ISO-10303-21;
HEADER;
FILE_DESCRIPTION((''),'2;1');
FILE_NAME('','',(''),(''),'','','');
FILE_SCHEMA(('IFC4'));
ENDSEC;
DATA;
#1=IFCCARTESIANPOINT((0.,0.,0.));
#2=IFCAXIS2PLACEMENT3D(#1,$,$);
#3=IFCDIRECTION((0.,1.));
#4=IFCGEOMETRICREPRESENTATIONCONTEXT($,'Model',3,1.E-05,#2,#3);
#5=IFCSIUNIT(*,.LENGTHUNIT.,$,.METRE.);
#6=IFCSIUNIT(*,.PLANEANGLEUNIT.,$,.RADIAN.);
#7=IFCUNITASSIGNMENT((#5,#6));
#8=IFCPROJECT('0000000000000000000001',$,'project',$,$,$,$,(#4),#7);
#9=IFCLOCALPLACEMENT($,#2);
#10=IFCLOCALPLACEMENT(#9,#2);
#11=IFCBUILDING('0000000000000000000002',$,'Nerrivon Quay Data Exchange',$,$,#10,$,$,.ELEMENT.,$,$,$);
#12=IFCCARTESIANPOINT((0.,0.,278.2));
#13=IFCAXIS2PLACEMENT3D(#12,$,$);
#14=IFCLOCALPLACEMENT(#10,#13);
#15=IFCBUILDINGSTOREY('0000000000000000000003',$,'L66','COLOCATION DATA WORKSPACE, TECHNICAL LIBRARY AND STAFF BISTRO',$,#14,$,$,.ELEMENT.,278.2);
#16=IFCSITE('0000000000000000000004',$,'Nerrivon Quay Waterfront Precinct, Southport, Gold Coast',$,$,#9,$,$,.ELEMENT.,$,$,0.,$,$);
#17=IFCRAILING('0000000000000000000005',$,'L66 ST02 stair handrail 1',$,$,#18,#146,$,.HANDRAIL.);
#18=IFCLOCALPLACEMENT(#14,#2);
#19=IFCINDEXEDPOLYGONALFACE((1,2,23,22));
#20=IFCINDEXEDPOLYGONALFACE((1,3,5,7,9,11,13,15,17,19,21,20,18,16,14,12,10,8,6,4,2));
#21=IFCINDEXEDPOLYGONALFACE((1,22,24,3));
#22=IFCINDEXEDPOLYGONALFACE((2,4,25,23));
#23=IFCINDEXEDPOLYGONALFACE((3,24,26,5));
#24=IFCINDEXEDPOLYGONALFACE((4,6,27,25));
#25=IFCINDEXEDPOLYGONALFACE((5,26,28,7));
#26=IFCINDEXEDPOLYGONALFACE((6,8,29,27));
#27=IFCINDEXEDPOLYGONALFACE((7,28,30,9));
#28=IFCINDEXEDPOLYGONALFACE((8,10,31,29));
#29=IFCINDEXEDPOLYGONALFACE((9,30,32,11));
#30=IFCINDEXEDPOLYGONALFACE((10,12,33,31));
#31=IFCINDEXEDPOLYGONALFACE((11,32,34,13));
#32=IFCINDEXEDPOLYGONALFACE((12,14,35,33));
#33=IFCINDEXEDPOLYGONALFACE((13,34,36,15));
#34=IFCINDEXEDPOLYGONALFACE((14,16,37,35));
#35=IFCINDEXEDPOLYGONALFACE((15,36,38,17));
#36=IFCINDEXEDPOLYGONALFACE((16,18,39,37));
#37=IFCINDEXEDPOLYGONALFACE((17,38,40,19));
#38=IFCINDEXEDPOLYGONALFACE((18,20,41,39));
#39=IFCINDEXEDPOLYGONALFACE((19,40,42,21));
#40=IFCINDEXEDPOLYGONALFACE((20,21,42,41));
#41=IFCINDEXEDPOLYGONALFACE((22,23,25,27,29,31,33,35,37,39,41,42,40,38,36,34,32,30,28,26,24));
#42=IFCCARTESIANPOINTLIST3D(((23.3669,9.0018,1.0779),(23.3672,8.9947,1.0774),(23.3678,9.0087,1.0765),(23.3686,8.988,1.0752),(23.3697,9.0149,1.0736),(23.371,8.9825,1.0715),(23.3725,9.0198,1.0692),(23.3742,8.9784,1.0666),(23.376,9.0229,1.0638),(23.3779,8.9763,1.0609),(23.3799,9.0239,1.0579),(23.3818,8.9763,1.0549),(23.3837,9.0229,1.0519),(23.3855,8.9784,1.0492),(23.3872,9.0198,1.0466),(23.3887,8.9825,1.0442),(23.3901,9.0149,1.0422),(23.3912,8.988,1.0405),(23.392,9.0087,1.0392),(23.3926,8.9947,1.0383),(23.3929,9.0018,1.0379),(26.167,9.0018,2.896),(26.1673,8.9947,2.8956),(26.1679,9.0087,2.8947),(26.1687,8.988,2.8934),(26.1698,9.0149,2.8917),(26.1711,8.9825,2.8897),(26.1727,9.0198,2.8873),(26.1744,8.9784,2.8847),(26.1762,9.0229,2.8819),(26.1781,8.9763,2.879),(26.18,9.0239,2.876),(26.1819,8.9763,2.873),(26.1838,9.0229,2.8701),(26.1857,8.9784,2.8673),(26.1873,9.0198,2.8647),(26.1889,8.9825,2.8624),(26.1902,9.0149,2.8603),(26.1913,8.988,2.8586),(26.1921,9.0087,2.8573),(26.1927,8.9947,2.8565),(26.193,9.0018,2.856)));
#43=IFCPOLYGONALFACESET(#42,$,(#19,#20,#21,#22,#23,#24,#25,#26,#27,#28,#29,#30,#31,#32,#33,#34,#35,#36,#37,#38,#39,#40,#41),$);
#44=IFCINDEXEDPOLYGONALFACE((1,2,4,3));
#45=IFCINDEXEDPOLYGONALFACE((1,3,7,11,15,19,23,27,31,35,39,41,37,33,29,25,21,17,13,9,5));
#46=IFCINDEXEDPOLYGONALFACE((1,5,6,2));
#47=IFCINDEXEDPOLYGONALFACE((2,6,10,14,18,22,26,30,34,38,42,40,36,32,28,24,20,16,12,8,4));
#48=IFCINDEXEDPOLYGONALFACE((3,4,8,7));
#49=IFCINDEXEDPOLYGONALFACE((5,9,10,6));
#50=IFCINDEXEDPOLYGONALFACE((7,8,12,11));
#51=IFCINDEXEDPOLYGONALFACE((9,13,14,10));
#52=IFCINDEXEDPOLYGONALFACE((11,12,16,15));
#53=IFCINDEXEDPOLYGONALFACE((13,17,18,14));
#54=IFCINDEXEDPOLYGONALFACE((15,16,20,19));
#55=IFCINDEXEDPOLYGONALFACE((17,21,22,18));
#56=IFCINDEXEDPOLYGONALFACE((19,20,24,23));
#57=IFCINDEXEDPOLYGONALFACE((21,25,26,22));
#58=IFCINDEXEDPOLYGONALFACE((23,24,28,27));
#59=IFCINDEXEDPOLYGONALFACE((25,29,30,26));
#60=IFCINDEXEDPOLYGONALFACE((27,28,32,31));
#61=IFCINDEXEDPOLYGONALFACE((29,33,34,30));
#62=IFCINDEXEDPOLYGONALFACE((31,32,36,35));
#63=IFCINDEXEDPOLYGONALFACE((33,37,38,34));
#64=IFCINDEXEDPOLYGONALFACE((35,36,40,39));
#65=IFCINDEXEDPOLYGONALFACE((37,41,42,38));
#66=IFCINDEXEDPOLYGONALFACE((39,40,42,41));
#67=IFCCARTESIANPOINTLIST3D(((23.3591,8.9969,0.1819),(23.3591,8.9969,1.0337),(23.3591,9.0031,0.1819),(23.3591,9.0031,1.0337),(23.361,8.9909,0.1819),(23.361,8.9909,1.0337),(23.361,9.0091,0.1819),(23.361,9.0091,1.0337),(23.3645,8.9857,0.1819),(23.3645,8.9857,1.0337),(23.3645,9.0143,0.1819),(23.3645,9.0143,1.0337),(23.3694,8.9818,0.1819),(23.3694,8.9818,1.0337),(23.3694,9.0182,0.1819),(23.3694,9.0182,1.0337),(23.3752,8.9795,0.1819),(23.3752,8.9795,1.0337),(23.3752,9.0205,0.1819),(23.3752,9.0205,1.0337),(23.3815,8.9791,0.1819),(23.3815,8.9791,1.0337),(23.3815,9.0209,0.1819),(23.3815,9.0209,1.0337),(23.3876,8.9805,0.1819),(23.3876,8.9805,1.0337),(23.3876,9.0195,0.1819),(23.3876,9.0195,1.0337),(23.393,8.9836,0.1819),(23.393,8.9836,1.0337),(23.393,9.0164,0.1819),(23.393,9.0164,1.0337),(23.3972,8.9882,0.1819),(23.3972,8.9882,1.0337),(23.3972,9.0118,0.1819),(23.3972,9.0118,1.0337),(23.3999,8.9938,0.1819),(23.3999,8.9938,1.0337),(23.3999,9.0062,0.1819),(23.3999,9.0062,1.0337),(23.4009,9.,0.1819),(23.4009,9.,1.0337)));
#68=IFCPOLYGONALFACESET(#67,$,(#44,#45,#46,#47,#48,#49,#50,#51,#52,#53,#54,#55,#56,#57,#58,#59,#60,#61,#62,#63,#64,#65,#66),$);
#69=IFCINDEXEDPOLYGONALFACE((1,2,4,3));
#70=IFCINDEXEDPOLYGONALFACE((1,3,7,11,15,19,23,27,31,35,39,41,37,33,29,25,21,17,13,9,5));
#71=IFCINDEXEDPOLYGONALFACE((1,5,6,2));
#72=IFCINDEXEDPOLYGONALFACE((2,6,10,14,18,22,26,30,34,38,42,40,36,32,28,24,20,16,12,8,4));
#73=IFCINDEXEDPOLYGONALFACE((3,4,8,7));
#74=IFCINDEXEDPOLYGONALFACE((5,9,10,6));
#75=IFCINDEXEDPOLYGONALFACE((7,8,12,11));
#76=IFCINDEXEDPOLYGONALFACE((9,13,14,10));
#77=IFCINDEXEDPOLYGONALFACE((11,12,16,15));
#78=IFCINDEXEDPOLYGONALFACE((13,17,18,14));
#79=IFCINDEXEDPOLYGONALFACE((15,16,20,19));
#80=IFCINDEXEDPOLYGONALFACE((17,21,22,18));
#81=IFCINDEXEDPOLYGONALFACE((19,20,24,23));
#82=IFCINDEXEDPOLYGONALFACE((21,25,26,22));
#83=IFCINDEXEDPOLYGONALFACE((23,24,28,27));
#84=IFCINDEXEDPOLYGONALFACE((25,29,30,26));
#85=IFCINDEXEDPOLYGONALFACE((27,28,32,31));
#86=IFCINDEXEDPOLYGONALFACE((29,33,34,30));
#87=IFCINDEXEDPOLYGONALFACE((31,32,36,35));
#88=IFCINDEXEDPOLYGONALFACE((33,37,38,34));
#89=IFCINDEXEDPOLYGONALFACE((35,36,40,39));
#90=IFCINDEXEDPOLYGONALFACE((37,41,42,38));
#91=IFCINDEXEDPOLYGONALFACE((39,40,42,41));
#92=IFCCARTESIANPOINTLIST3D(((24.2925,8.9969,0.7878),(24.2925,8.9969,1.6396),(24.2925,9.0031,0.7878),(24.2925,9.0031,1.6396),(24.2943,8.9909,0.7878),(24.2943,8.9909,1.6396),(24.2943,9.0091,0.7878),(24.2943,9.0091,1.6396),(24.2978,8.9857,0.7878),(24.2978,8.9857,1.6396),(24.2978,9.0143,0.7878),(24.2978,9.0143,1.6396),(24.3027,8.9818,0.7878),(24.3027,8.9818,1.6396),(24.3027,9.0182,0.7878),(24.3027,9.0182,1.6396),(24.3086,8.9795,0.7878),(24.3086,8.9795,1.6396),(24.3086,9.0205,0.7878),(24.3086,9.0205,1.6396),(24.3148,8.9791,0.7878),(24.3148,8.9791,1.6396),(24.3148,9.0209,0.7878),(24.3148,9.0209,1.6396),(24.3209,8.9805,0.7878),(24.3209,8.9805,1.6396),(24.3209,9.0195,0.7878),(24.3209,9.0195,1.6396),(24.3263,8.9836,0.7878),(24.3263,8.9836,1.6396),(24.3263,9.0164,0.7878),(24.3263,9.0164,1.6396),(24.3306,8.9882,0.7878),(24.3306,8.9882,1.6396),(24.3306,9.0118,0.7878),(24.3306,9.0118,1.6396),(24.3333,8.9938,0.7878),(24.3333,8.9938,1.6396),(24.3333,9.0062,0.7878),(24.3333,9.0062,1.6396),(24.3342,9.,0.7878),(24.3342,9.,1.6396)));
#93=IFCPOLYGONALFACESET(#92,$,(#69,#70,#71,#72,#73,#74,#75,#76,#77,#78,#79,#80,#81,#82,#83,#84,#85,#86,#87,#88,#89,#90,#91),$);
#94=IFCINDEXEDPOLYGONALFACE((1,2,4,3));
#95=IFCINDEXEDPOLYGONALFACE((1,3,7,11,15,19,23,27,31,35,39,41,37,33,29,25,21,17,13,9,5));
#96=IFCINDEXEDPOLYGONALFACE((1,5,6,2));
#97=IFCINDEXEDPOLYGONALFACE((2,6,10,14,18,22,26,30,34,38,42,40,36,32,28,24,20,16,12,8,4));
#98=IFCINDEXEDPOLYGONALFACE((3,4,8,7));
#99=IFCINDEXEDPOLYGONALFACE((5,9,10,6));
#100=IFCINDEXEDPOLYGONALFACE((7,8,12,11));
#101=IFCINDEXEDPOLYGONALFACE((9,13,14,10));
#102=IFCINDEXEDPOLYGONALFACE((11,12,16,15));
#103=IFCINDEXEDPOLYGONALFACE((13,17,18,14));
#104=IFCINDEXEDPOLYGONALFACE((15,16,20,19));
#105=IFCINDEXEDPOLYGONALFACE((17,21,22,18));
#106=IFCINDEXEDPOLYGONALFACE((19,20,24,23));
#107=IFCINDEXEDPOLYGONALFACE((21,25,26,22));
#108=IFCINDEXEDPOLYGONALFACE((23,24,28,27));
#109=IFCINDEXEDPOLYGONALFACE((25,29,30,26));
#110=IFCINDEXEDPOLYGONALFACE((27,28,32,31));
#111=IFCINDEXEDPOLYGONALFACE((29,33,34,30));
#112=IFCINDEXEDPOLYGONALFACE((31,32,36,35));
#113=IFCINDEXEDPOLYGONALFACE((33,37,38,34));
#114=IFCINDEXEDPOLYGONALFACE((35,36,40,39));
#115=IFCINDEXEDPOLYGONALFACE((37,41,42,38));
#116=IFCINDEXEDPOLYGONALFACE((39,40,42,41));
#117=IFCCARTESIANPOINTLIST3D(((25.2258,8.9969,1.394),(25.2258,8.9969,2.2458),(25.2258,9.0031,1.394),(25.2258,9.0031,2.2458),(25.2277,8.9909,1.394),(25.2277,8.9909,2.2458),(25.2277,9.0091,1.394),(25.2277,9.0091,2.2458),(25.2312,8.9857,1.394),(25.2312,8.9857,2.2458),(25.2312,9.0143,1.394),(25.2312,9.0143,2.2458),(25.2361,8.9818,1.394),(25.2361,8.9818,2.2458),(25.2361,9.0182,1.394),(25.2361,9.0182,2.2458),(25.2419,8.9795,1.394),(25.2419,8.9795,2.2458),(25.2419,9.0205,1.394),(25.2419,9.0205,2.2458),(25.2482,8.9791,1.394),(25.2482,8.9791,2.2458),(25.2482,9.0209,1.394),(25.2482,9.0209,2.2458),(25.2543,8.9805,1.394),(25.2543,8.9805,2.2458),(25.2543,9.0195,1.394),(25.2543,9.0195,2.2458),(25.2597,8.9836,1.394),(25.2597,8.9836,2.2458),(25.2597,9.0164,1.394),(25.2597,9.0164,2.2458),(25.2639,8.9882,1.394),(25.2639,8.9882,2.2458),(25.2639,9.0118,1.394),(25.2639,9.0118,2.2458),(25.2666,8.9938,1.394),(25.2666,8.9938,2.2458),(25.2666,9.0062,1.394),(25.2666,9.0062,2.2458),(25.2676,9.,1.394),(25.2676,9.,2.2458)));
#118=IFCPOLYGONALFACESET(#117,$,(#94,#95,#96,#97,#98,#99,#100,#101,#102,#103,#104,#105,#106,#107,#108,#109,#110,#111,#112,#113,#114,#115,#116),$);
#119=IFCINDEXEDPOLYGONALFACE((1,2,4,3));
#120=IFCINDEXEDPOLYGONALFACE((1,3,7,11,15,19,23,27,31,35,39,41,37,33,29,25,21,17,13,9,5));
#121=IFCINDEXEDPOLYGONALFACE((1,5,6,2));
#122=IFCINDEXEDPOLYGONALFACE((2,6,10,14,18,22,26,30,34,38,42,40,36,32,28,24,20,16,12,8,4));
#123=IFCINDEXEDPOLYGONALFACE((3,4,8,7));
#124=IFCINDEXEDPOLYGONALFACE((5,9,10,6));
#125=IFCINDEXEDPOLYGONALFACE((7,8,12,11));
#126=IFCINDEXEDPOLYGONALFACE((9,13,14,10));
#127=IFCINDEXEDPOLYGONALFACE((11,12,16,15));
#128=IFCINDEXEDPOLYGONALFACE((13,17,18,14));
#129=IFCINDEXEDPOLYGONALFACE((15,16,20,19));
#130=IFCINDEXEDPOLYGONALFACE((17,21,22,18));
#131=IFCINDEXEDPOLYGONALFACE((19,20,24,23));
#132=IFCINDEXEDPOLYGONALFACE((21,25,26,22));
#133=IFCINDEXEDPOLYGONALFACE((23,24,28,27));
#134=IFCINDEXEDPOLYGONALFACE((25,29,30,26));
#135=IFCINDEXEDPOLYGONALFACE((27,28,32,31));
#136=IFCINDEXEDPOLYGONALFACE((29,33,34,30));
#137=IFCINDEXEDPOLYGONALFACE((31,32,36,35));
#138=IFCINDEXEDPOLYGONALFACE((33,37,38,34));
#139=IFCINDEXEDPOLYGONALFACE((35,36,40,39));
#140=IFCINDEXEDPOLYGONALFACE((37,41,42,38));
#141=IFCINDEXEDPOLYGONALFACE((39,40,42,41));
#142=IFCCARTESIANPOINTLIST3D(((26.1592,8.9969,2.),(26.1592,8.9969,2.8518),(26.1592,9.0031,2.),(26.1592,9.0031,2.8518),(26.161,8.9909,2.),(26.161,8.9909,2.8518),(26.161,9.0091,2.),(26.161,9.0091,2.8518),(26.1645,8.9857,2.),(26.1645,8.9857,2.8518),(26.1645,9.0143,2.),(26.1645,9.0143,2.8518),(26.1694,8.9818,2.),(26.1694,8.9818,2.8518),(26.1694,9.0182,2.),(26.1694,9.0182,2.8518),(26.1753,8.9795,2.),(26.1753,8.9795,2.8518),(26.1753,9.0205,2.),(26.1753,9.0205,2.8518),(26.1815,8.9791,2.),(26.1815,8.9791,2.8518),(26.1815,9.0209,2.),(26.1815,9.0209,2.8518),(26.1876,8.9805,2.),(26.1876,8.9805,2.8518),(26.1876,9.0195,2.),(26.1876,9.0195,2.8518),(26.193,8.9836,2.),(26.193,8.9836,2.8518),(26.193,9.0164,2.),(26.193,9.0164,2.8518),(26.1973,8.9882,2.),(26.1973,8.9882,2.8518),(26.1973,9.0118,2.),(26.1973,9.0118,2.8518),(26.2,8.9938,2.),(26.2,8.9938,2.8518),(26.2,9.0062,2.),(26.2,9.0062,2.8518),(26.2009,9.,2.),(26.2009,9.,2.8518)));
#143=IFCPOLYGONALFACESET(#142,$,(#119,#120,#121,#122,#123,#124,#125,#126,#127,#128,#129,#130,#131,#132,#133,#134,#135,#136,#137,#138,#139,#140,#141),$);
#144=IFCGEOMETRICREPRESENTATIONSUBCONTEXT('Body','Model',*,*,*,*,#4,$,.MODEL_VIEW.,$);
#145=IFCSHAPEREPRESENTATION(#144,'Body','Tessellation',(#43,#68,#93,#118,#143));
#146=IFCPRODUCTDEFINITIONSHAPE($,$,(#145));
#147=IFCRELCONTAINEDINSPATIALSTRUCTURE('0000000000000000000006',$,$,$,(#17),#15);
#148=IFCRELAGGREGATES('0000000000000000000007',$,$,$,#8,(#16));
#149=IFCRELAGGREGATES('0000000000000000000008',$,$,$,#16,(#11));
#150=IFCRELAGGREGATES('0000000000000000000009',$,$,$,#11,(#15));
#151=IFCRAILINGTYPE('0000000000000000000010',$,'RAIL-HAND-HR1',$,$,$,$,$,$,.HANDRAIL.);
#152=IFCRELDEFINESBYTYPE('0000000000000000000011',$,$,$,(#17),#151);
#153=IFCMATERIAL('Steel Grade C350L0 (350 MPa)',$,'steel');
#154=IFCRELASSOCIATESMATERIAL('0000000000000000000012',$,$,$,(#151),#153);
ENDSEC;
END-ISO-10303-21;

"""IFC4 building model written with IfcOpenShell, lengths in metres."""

from ifc_helpers import new_model, si_unit, direction, frame, origin, origin_2d, place, context, subcontext, project, spatial, circle, extrude, material, type_object, element, save


model = new_model("IFC4")

# Units and contexts
model_context = context("Model", 3, precision=1e-05, world=origin(), true_north=direction((0.0, 1.0)))
body_context = subcontext(model_context, "Body", "Model", "MODEL_VIEW")
ifc_project = project(units=[si_unit("LENGTHUNIT", "METRE"), si_unit("PLANEANGLEUNIT", "RADIAN")], contexts=[model_context])

# Site, building, storey
site_placement = place(None, origin())
site = spatial("IfcSite", under=ifc_project, at=site_placement, Name="Nerrivon Quay Waterfront Precinct, Southport, Gold Coast", CompositionType="ELEMENT", RefElevation=0.0)
building_placement = place(site_placement, origin())
building = spatial("IfcBuilding", under=site, at=building_placement, Name="Nerrivon Quay Data Exchange", CompositionType="ELEMENT")
storey_placement = place(building_placement, frame((0.0, 0.0, 278.2)))
storey = spatial("IfcBuildingStorey", under=building, at=storey_placement, Name="L66", Description="COLOCATION DATA WORKSPACE, TECHNICAL LIBRARY AND STAFF BISTRO", CompositionType="ELEMENT", Elevation=278.2)

# Railing
ifc_material_1 = material(Name="Steel Grade C350L0 (350 MPa)", Category="steel")
railing_type_1 = type_object("IfcRailingType", Name="RAIL-HAND-HR1", PredefinedType="HANDRAIL", material=ifc_material_1)
railing_1_placement = place(storey_placement, frame((23.3799, 9.0, 0.1819)))
element("IfcRailing", 1, at=railing_1_placement, inside=storey, type_object=railing_type_1, Name="L66 ST02 stair handrail 1", PredefinedType="HANDRAIL", context=body_context, shape_type="SweptSolid", body=[
    extrude(circle(Radius=0.0239, at=origin_2d()), frame((0.0, 0.0, 0.876), z_axis=(0.838706, 0.0, 0.544585), x_axis=(0.0, 1.0, 0.0)), (0.0, 0.0, 1.0), 3.3386),
    extrude(circle(Radius=0.021, at=origin_2d()), origin(), (0.0, 0.0, 1.0), 0.8518),
    extrude(circle(Radius=0.021, at=origin_2d()), frame((0.9333, 0.0, 0.606)), (0.0, 0.0, 1.0), 0.8518),
    extrude(circle(Radius=0.021, at=origin_2d()), frame((1.8667, 0.0, 1.2122)), (0.0, 0.0, 1.0), 0.8518),
    extrude(circle(Radius=0.021, at=origin_2d()), frame((2.8, 0.0, 1.8181)), (0.0, 0.0, 1.0), 0.8518),
])

save(model, "model.ifc")
